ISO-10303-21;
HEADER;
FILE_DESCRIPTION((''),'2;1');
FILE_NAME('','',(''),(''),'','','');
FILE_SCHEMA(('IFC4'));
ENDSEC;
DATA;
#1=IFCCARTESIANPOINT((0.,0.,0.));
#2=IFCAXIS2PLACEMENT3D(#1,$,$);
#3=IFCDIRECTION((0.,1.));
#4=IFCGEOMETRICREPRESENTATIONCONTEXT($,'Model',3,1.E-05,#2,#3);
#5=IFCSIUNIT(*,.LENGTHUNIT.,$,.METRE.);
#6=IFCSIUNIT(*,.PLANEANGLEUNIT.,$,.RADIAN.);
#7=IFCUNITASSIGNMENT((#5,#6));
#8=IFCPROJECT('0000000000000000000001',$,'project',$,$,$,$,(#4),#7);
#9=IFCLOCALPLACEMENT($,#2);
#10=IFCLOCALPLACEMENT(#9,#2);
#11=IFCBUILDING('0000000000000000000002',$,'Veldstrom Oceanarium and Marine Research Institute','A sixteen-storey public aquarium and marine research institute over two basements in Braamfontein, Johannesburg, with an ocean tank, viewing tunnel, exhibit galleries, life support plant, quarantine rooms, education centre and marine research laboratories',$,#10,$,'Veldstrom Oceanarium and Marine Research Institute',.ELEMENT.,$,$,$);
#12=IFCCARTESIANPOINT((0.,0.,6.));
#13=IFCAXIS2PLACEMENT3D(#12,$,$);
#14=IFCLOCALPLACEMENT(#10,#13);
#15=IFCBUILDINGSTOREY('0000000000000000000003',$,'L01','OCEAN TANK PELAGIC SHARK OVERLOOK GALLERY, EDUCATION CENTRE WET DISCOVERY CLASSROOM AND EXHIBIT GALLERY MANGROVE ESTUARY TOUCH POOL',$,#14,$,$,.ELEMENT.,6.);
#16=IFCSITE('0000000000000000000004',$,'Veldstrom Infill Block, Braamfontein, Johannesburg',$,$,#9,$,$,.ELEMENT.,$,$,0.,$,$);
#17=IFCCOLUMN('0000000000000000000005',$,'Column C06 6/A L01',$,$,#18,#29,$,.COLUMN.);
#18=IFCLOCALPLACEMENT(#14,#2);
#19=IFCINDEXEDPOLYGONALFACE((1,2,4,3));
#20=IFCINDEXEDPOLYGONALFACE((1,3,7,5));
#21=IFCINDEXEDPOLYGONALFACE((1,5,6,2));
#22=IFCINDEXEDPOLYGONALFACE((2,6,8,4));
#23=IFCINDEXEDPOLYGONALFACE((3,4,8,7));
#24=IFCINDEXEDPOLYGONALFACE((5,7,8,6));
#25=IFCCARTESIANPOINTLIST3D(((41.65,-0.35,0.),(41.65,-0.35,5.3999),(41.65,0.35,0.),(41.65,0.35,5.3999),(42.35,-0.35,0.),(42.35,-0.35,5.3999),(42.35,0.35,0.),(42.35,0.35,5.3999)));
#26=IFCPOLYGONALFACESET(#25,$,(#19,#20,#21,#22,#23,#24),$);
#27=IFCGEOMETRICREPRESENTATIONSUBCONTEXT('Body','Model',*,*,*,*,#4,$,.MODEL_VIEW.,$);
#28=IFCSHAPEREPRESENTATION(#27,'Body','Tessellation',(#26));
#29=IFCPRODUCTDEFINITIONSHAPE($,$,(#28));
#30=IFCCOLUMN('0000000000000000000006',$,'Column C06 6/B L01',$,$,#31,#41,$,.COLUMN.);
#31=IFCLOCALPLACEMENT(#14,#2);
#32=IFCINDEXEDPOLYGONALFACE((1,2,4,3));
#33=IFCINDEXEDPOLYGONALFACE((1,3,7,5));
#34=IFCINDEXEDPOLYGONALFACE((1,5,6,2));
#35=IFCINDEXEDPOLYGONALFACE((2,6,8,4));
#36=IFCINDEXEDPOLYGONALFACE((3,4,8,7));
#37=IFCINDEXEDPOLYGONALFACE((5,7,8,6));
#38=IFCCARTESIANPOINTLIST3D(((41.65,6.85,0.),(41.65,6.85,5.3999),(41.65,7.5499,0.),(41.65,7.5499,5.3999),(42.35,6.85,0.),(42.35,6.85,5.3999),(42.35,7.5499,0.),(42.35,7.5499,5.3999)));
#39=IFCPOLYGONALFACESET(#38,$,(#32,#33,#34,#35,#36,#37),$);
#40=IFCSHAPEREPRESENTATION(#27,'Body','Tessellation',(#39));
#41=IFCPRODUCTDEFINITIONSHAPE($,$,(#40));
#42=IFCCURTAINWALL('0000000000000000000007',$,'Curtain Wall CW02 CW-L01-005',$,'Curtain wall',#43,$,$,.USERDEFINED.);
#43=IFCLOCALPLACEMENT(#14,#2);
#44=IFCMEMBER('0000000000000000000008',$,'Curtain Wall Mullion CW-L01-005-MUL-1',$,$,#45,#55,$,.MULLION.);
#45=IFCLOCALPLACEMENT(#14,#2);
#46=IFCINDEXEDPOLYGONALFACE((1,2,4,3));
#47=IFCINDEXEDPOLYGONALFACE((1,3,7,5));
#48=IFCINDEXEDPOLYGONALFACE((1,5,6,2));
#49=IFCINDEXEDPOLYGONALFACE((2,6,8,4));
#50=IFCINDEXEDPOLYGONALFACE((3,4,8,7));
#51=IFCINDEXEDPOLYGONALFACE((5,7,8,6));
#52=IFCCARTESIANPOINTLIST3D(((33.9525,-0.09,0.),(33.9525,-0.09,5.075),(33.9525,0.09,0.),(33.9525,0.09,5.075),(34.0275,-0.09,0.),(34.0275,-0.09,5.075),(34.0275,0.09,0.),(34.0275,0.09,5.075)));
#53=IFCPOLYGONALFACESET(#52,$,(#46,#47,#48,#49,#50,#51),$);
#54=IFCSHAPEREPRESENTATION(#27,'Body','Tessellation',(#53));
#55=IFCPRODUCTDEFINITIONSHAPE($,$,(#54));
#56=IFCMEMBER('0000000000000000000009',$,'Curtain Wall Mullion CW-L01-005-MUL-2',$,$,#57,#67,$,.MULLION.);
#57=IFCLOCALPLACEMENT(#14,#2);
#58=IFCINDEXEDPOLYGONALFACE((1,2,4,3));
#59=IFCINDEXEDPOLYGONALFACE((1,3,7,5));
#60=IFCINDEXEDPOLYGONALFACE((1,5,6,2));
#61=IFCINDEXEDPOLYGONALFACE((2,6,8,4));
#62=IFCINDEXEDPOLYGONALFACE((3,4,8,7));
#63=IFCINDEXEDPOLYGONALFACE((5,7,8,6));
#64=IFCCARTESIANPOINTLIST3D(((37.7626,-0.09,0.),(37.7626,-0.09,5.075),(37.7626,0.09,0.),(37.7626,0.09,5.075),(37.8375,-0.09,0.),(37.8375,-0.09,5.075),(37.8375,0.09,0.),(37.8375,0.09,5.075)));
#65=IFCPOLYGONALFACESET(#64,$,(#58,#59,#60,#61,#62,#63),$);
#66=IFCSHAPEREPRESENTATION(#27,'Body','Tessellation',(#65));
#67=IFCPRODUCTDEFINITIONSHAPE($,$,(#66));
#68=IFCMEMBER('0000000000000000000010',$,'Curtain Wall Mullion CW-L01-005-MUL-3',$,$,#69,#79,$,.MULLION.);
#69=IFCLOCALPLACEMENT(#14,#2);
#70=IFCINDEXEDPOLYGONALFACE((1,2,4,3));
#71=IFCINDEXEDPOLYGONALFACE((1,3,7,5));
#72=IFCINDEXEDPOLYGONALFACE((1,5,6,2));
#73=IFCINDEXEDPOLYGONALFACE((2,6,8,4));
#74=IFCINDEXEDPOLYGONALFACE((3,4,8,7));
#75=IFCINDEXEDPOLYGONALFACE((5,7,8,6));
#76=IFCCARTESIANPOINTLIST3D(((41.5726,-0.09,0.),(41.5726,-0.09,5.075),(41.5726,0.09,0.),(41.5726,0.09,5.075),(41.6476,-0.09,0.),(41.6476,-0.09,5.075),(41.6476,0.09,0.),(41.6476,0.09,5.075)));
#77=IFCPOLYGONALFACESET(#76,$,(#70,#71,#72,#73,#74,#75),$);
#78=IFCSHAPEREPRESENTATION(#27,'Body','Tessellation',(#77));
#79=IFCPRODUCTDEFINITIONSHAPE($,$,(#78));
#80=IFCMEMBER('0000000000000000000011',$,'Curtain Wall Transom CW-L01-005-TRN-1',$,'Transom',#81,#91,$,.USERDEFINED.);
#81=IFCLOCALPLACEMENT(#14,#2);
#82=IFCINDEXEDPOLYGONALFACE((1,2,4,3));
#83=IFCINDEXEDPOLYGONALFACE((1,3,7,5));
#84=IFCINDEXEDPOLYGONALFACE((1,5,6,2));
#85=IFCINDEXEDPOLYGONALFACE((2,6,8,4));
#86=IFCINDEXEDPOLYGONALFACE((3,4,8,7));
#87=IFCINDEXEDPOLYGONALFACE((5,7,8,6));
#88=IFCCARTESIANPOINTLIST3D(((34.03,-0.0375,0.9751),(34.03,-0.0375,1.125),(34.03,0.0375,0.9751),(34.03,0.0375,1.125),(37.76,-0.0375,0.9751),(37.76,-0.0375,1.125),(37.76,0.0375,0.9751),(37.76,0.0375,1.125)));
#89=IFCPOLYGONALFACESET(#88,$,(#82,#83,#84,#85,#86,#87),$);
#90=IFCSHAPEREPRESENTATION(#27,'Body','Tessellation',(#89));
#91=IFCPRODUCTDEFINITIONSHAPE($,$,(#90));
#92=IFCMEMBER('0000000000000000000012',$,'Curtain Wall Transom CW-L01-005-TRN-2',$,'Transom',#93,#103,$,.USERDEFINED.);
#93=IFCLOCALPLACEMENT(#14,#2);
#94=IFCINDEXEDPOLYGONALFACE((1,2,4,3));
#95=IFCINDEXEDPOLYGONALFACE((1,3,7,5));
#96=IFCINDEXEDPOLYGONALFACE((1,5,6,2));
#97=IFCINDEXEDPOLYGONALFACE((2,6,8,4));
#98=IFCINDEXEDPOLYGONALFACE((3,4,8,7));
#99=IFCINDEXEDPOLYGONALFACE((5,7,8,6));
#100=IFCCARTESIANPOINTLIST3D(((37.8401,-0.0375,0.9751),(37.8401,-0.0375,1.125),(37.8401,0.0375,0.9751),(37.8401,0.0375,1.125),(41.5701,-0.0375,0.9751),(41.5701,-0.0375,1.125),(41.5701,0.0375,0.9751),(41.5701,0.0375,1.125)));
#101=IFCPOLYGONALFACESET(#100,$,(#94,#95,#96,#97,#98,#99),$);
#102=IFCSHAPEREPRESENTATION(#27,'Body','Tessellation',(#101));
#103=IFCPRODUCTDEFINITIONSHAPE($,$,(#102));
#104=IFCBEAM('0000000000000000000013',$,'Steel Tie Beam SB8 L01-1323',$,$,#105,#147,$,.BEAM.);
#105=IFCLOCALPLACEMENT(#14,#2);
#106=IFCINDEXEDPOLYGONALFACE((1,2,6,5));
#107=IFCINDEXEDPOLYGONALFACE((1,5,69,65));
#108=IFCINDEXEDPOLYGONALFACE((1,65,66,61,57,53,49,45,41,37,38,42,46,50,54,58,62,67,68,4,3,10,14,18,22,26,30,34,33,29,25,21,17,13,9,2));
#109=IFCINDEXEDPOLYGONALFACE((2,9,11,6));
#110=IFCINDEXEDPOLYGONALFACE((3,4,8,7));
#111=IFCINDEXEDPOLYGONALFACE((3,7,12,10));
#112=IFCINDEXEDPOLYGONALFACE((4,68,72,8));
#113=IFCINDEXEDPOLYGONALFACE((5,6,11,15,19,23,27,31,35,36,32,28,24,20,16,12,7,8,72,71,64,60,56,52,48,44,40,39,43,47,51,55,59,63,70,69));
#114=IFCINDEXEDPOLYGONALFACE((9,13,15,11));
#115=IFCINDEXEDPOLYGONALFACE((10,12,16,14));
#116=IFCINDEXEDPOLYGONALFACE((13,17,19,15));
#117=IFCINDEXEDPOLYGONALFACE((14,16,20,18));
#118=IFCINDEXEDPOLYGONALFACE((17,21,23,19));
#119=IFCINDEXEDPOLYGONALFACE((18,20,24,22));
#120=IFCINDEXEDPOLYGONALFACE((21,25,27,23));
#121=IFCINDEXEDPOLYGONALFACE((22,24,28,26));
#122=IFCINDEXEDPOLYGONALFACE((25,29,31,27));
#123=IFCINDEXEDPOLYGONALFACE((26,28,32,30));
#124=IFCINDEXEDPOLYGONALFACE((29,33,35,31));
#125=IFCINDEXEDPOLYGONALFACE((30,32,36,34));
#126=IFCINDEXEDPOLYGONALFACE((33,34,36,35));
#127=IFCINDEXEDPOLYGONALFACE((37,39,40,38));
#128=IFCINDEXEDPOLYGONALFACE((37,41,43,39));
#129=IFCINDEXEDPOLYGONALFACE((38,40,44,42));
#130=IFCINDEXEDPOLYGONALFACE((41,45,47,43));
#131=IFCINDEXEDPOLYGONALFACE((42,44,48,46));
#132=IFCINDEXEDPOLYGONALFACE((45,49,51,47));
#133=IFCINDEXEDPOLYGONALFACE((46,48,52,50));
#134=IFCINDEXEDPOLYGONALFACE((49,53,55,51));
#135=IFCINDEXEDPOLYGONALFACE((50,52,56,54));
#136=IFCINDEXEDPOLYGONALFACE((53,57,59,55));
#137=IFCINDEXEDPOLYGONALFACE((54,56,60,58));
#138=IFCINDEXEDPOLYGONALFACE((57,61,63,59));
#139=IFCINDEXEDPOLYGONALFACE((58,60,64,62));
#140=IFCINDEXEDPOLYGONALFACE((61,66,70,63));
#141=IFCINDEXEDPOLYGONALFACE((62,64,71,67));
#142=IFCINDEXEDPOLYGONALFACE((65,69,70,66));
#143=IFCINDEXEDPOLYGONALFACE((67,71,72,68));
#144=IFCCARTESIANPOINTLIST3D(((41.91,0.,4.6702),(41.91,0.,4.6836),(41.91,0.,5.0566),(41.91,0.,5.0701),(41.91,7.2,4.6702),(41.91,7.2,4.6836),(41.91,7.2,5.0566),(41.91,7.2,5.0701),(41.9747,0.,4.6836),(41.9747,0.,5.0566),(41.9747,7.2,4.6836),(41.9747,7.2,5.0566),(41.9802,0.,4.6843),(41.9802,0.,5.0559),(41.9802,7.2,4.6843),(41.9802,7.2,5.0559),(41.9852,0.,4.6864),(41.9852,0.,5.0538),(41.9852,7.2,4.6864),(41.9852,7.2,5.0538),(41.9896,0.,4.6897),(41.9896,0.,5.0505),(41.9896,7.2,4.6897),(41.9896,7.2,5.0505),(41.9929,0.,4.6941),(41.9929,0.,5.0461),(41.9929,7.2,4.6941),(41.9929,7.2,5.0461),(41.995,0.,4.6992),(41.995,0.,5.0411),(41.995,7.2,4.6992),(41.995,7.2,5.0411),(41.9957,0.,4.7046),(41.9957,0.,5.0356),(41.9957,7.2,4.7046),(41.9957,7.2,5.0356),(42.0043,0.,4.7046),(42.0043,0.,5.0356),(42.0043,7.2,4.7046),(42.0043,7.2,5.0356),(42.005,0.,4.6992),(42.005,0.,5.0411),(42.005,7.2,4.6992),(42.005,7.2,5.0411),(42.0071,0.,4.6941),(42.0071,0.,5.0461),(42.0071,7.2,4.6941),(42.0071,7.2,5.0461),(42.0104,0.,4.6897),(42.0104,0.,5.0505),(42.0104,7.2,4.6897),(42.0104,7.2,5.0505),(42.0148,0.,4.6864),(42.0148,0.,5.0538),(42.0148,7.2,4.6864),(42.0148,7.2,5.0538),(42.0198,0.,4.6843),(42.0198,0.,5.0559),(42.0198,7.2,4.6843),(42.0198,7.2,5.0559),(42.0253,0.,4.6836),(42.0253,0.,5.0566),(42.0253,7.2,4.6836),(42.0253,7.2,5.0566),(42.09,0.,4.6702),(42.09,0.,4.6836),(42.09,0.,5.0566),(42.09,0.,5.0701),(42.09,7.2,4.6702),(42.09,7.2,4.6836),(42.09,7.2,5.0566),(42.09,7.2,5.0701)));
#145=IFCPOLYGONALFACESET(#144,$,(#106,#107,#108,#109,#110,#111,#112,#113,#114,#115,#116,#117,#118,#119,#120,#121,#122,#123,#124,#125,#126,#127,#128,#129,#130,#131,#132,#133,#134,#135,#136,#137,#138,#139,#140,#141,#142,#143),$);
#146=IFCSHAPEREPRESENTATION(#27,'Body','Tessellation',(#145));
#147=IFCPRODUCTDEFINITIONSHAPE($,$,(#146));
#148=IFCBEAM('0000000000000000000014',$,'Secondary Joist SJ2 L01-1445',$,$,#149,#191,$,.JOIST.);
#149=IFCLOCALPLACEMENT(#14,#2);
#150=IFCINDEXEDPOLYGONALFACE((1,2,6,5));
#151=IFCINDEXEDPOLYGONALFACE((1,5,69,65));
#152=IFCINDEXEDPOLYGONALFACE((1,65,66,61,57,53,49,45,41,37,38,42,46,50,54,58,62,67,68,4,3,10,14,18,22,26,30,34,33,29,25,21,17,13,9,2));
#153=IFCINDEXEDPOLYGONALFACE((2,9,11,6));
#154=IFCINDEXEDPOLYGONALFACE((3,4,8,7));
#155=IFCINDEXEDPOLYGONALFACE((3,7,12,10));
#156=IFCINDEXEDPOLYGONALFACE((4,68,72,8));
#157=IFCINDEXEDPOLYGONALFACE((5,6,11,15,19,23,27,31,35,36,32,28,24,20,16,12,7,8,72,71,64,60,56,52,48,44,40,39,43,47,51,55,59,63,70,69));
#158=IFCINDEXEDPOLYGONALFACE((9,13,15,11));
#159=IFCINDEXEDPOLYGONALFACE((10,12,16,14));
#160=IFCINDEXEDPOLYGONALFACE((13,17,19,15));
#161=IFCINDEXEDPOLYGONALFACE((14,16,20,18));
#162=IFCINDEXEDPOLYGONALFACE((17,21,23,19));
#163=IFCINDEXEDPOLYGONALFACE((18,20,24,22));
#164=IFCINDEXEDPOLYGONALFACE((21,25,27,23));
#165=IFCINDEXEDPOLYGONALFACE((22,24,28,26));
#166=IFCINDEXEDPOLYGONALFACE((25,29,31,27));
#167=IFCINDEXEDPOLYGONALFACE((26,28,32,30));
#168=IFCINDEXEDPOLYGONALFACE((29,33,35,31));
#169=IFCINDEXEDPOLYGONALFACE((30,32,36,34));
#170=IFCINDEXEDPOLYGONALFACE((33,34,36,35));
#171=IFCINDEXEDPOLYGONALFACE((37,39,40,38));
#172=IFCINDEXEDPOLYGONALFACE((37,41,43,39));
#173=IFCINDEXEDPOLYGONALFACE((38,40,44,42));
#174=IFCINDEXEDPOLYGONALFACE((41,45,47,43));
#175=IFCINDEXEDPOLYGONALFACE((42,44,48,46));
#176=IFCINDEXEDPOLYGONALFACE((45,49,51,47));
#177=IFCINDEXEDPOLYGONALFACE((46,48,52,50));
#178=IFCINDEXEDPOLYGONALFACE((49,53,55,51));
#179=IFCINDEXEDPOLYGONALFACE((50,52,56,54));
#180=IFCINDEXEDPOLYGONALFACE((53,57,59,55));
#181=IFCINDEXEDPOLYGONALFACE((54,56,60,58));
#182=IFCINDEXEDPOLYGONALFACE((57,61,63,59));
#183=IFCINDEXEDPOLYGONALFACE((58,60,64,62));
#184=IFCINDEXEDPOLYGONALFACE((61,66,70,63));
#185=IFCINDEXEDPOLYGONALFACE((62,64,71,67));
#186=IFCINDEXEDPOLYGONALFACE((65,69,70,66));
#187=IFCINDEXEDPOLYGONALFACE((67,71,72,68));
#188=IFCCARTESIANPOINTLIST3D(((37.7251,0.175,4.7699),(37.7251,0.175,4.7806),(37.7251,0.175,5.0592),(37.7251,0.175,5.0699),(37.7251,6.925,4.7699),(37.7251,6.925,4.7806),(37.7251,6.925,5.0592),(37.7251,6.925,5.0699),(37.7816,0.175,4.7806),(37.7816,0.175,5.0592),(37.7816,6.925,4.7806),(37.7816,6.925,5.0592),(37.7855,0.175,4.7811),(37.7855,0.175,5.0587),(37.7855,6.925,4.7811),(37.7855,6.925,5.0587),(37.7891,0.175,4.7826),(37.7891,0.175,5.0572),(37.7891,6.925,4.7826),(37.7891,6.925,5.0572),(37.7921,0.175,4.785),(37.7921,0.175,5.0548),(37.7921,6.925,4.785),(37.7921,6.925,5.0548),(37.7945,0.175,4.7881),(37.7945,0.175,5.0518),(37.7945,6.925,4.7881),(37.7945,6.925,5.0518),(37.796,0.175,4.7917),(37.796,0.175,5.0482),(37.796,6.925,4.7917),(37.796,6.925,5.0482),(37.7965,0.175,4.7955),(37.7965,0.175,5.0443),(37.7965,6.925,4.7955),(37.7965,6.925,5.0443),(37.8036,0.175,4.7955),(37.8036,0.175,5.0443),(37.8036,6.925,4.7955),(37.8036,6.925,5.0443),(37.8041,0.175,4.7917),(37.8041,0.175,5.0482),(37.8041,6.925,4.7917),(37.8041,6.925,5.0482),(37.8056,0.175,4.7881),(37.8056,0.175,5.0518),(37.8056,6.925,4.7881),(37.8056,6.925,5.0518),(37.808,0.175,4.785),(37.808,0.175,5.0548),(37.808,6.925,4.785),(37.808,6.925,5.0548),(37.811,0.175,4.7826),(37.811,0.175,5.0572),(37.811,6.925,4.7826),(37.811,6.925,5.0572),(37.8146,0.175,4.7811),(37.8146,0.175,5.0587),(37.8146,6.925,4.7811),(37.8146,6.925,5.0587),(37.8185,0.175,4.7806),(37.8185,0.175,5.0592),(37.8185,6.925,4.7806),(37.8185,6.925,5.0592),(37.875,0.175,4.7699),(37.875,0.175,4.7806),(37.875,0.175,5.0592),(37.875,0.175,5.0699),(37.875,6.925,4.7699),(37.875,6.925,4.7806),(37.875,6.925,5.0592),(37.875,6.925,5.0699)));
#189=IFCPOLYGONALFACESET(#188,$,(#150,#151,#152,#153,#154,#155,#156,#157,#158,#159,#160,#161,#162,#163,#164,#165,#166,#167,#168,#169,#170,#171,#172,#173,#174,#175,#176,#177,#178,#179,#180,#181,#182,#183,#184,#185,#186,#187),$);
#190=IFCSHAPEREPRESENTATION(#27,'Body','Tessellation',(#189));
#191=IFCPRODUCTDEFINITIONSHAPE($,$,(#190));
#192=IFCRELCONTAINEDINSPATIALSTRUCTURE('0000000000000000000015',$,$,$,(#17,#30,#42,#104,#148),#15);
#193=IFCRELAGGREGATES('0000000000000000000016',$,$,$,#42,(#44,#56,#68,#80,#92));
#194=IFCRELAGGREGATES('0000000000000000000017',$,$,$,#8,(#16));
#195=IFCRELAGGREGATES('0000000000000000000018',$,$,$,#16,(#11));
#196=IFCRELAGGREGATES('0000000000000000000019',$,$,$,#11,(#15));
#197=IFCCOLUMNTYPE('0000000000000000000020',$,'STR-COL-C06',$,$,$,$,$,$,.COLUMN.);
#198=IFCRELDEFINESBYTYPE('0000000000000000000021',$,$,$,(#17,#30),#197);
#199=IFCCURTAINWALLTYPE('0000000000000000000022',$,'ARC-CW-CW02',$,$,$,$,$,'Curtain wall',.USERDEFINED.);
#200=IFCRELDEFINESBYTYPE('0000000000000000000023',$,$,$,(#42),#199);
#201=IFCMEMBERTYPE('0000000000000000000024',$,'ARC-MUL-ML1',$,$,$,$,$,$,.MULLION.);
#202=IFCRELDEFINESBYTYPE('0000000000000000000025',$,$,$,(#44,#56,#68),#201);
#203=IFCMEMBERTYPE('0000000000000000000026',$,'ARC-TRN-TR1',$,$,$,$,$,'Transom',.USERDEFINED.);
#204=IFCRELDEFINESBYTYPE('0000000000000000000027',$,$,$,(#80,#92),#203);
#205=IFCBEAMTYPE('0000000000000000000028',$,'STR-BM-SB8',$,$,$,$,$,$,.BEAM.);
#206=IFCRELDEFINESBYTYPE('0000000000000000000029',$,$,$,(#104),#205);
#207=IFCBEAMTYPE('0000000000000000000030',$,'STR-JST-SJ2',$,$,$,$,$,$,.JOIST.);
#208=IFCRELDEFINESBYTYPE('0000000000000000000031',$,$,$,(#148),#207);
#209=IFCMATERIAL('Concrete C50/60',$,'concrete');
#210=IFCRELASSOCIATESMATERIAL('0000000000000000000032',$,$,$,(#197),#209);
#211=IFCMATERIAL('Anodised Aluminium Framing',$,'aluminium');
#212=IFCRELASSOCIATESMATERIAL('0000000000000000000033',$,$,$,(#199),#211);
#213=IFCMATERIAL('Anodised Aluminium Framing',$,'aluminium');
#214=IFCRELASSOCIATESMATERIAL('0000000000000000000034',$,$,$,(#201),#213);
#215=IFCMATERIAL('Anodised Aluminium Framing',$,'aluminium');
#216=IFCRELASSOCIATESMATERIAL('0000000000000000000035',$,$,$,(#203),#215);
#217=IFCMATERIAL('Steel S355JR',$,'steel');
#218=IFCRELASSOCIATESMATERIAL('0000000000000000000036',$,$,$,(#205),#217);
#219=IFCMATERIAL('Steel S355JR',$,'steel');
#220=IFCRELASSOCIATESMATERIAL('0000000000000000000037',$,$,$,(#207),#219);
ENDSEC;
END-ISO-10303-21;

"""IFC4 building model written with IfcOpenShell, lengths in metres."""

from ifc_helpers import new_model, si_unit, direction, frame, origin, origin_2d, place, context, subcontext, project, spatial, rectangle, i_section, extrude, material, material_profile, profile_set, type_object, element, aggregate, save


model = new_model("IFC4")

# Units and contexts
model_context = context("Model", 3, precision=1e-05, world=origin(), true_north=direction((0.0, 1.0)))
body_context = subcontext(model_context, "Body", "Model", "MODEL_VIEW")
ifc_project = project(units=[si_unit("LENGTHUNIT", "METRE"), si_unit("PLANEANGLEUNIT", "RADIAN")], contexts=[model_context])

# Site, building, storey
site_placement = place(None, origin())
site = spatial("IfcSite", under=ifc_project, at=site_placement, Name="Veldstrom Infill Block, Braamfontein, Johannesburg", CompositionType="ELEMENT", RefElevation=0.0)
building_placement = place(site_placement, origin())
building = spatial("IfcBuilding", under=site, at=building_placement, Name="Veldstrom Oceanarium and Marine Research Institute", Description="A sixteen-storey public aquarium and marine research institute over two basements in Braamfontein, Johannesburg, with an ocean tank, viewing tunnel, exhibit galleries, life support plant, quarantine rooms, education centre and marine research laboratories", LongName="Veldstrom Oceanarium and Marine Research Institute", CompositionType="ELEMENT")
storey_placement = place(building_placement, frame((0.0, 0.0, 6.0)))
storey = spatial("IfcBuildingStorey", under=building, at=storey_placement, Name="L01", Description="OCEAN TANK PELAGIC SHARK OVERLOOK GALLERY, EDUCATION CENTRE WET DISCOVERY CLASSROOM AND EXHIBIT GALLERY MANGROVE ESTUARY TOUCH POOL", CompositionType="ELEMENT", Elevation=6.0)

# Columns
ifc_material_1 = material(Name="Concrete C50/60", Category="concrete")
ifc_material_profile_1 = material_profile(ifc_material_1, rectangle(XDim=0.7, YDim=0.7, at=origin_2d()), Name="RC-COL-700x700")
ifc_profile_set_1 = profile_set([ifc_material_profile_1], Name="Concrete C50/60")
column_type = type_object("IfcColumnType", Name="STR-COL-C06", PredefinedType="COLUMN", material=ifc_profile_set_1)
for number, where, z_axis, x_axis, name in (
    (1, (42.0, 0.0, 0.0), (0.0, 0.0, 1.0), (1.0, 0.0, 0.0), "Column C06 6/A L01"),
    (2, (42.0, 7.2, 0.0), (0.0, 0.0, 1.0), (1.0, 0.0, 0.0), "Column C06 6/B L01"),
):
    element("IfcColumn", number, at=place(storey_placement, frame(where, z_axis=z_axis, x_axis=x_axis)), inside=storey, type_object=column_type, Name=name, PredefinedType="COLUMN", context=body_context, shape_type="SweptSolid", body=[
        extrude(rectangle(XDim=0.7, YDim=0.7, at=origin_2d()), origin(), (0.0, 0.0, 1.0), 5.3999),
    ])

# Curtain wall, members
ifc_material_2 = material(Name="Anodised Aluminium Framing", Category="aluminium")
curtain_wall_type = type_object("IfcCurtainWallType", Name="ARC-CW-CW02", ElementType="Curtain wall", PredefinedType="USERDEFINED", material=ifc_material_2)
curtain_wall_placement = place(storey_placement, origin())
curtain_wall = element("IfcCurtainWall", 3, at=curtain_wall_placement, inside=storey, type_object=curtain_wall_type, Name="Curtain Wall CW02 CW-L01-005", ObjectType="Curtain wall", PredefinedType="USERDEFINED")
ifc_material_3 = material(Name="Anodised Aluminium Framing", Category="aluminium")
ifc_material_profile_2 = material_profile(ifc_material_3, rectangle(XDim=0.075, YDim=0.1799, at=origin_2d()), Name="ALU-MUL-75x180")
ifc_profile_set_2 = profile_set([ifc_material_profile_2], Name="Anodised Aluminium Framing")
member_type_1 = type_object("IfcMemberType", Name="ARC-MUL-ML1", PredefinedType="MULLION", material=ifc_profile_set_2)
member_1_placement = place(storey_placement, frame((33.99, 0.0, 0.0), z_axis=(0.0, 0.0, 1.0), x_axis=(1.0, 0.0, 0.0)))
member_1 = element("IfcMember", 4, at=member_1_placement, type_object=member_type_1, Name="Curtain Wall Mullion CW-L01-005-MUL-1", PredefinedType="MULLION", context=body_context, shape_type="SweptSolid", body=[
    extrude(rectangle(XDim=0.075, YDim=0.1799, at=origin_2d()), origin(), (0.0, 0.0, 1.0), 5.075),
])
member_2_placement = place(storey_placement, frame((37.8, 0.0, 0.0), z_axis=(0.0, 0.0, 1.0), x_axis=(1.0, 0.0, 0.0)))
member_2 = element("IfcMember", 5, at=member_2_placement, type_object=member_type_1, Name="Curtain Wall Mullion CW-L01-005-MUL-2", PredefinedType="MULLION", context=body_context, shape_type="SweptSolid", body=[
    extrude(rectangle(XDim=0.075, YDim=0.1799, at=origin_2d()), origin(), (0.0, 0.0, 1.0), 5.075),
])
member_3_placement = place(storey_placement, frame((41.6101, 0.0, 0.0), z_axis=(0.0, 0.0, 1.0), x_axis=(1.0, 0.0, 0.0)))
member_3 = element("IfcMember", 6, at=member_3_placement, type_object=member_type_1, Name="Curtain Wall Mullion CW-L01-005-MUL-3", PredefinedType="MULLION", context=body_context, shape_type="SweptSolid", body=[
    extrude(rectangle(XDim=0.075, YDim=0.1799, at=origin_2d()), origin(), (0.0, 0.0, 1.0), 5.075),
])
ifc_material_4 = material(Name="Anodised Aluminium Framing", Category="aluminium")
ifc_material_profile_3 = material_profile(ifc_material_4, rectangle(XDim=0.075, YDim=0.1499, at=origin_2d()), Name="ALU-TRN-75x150")
ifc_profile_set_3 = profile_set([ifc_material_profile_3], Name="Anodised Aluminium Framing")
member_type_2 = type_object("IfcMemberType", Name="ARC-TRN-TR1", ElementType="Transom", PredefinedType="USERDEFINED", material=ifc_profile_set_3)
member_4_placement = place(storey_placement, frame((34.03, 0.0, 1.05), z_axis=(1.0, 0.0, 0.0), x_axis=(0.0, 1.0, 0.0)))
member_4 = element("IfcMember", 7, at=member_4_placement, type_object=member_type_2, Name="Curtain Wall Transom CW-L01-005-TRN-1", ObjectType="Transom", PredefinedType="USERDEFINED", context=body_context, shape_type="SweptSolid", body=[
    extrude(rectangle(XDim=0.075, YDim=0.1499, at=origin_2d()), origin(), (0.0, 0.0, 1.0), 3.73),
])
member_5_placement = place(storey_placement, frame((37.8401, 0.0, 1.05), z_axis=(1.0, 0.0, 0.0), x_axis=(0.0, 1.0, 0.0)))
member_5 = element("IfcMember", 8, at=member_5_placement, type_object=member_type_2, Name="Curtain Wall Transom CW-L01-005-TRN-2", ObjectType="Transom", PredefinedType="USERDEFINED", context=body_context, shape_type="SweptSolid", body=[
    extrude(rectangle(XDim=0.075, YDim=0.1499, at=origin_2d()), origin(), (0.0, 0.0, 1.0), 3.73),
])

# Beams
ifc_material_5 = material(Name="Steel S355JR", Category="steel")
ifc_material_profile_4 = material_profile(ifc_material_5, i_section(OverallWidth=0.1799, OverallDepth=0.3999, WebThickness=0.0085, FlangeThickness=0.0134, FilletRadius=0.021, at=origin_2d()), Name="IPE 400")
ifc_profile_set_4 = profile_set([ifc_material_profile_4], Name="Steel S355JR")
beam_type_1 = type_object("IfcBeamType", Name="STR-BM-SB8", PredefinedType="BEAM", material=ifc_profile_set_4)
beam_1_placement = place(storey_placement, frame((42.0, 0.0, 4.8701), z_axis=(0.0, 1.0, 0.0), x_axis=(-1.0, 0.0, 0.0)))
element("IfcBeam", 9, at=beam_1_placement, inside=storey, type_object=beam_type_1, Name="Steel Tie Beam SB8 L01-1323", PredefinedType="BEAM", context=body_context, shape_type="SweptSolid", body=[
    extrude(i_section(OverallWidth=0.1799, OverallDepth=0.3999, WebThickness=0.0085, FlangeThickness=0.0134, FilletRadius=0.021, at=origin_2d()), origin(), (0.0, 0.0, 1.0), 7.2),
])
ifc_material_6 = material(Name="Steel S355JR", Category="steel")
ifc_material_profile_5 = material_profile(ifc_material_6, i_section(OverallWidth=0.1499, OverallDepth=0.3, WebThickness=0.0071, FlangeThickness=0.0107, FilletRadius=0.0149, at=origin_2d()), Name="IPE 300")
ifc_profile_set_5 = profile_set([ifc_material_profile_5], Name="Steel S355JR")
beam_type_2 = type_object("IfcBeamType", Name="STR-JST-SJ2", PredefinedType="JOIST", material=ifc_profile_set_5)
beam_2_placement = place(storey_placement, frame((37.8, 0.175, 4.9199), z_axis=(0.0, 1.0, 0.0), x_axis=(-1.0, 0.0, 0.0)))
element("IfcBeam", 10, at=beam_2_placement, inside=storey, type_object=beam_type_2, Name="Secondary Joist SJ2 L01-1445", PredefinedType="JOIST", context=body_context, shape_type="SweptSolid", body=[
    extrude(i_section(OverallWidth=0.1499, OverallDepth=0.3, WebThickness=0.0071, FlangeThickness=0.0107, FilletRadius=0.0149, at=origin_2d()), origin(), (0.0, 0.0, 1.0), 6.75),
])

aggregate(curtain_wall, [member_1, member_2, member_3, member_4, member_5])

save(model, "model.ifc")
